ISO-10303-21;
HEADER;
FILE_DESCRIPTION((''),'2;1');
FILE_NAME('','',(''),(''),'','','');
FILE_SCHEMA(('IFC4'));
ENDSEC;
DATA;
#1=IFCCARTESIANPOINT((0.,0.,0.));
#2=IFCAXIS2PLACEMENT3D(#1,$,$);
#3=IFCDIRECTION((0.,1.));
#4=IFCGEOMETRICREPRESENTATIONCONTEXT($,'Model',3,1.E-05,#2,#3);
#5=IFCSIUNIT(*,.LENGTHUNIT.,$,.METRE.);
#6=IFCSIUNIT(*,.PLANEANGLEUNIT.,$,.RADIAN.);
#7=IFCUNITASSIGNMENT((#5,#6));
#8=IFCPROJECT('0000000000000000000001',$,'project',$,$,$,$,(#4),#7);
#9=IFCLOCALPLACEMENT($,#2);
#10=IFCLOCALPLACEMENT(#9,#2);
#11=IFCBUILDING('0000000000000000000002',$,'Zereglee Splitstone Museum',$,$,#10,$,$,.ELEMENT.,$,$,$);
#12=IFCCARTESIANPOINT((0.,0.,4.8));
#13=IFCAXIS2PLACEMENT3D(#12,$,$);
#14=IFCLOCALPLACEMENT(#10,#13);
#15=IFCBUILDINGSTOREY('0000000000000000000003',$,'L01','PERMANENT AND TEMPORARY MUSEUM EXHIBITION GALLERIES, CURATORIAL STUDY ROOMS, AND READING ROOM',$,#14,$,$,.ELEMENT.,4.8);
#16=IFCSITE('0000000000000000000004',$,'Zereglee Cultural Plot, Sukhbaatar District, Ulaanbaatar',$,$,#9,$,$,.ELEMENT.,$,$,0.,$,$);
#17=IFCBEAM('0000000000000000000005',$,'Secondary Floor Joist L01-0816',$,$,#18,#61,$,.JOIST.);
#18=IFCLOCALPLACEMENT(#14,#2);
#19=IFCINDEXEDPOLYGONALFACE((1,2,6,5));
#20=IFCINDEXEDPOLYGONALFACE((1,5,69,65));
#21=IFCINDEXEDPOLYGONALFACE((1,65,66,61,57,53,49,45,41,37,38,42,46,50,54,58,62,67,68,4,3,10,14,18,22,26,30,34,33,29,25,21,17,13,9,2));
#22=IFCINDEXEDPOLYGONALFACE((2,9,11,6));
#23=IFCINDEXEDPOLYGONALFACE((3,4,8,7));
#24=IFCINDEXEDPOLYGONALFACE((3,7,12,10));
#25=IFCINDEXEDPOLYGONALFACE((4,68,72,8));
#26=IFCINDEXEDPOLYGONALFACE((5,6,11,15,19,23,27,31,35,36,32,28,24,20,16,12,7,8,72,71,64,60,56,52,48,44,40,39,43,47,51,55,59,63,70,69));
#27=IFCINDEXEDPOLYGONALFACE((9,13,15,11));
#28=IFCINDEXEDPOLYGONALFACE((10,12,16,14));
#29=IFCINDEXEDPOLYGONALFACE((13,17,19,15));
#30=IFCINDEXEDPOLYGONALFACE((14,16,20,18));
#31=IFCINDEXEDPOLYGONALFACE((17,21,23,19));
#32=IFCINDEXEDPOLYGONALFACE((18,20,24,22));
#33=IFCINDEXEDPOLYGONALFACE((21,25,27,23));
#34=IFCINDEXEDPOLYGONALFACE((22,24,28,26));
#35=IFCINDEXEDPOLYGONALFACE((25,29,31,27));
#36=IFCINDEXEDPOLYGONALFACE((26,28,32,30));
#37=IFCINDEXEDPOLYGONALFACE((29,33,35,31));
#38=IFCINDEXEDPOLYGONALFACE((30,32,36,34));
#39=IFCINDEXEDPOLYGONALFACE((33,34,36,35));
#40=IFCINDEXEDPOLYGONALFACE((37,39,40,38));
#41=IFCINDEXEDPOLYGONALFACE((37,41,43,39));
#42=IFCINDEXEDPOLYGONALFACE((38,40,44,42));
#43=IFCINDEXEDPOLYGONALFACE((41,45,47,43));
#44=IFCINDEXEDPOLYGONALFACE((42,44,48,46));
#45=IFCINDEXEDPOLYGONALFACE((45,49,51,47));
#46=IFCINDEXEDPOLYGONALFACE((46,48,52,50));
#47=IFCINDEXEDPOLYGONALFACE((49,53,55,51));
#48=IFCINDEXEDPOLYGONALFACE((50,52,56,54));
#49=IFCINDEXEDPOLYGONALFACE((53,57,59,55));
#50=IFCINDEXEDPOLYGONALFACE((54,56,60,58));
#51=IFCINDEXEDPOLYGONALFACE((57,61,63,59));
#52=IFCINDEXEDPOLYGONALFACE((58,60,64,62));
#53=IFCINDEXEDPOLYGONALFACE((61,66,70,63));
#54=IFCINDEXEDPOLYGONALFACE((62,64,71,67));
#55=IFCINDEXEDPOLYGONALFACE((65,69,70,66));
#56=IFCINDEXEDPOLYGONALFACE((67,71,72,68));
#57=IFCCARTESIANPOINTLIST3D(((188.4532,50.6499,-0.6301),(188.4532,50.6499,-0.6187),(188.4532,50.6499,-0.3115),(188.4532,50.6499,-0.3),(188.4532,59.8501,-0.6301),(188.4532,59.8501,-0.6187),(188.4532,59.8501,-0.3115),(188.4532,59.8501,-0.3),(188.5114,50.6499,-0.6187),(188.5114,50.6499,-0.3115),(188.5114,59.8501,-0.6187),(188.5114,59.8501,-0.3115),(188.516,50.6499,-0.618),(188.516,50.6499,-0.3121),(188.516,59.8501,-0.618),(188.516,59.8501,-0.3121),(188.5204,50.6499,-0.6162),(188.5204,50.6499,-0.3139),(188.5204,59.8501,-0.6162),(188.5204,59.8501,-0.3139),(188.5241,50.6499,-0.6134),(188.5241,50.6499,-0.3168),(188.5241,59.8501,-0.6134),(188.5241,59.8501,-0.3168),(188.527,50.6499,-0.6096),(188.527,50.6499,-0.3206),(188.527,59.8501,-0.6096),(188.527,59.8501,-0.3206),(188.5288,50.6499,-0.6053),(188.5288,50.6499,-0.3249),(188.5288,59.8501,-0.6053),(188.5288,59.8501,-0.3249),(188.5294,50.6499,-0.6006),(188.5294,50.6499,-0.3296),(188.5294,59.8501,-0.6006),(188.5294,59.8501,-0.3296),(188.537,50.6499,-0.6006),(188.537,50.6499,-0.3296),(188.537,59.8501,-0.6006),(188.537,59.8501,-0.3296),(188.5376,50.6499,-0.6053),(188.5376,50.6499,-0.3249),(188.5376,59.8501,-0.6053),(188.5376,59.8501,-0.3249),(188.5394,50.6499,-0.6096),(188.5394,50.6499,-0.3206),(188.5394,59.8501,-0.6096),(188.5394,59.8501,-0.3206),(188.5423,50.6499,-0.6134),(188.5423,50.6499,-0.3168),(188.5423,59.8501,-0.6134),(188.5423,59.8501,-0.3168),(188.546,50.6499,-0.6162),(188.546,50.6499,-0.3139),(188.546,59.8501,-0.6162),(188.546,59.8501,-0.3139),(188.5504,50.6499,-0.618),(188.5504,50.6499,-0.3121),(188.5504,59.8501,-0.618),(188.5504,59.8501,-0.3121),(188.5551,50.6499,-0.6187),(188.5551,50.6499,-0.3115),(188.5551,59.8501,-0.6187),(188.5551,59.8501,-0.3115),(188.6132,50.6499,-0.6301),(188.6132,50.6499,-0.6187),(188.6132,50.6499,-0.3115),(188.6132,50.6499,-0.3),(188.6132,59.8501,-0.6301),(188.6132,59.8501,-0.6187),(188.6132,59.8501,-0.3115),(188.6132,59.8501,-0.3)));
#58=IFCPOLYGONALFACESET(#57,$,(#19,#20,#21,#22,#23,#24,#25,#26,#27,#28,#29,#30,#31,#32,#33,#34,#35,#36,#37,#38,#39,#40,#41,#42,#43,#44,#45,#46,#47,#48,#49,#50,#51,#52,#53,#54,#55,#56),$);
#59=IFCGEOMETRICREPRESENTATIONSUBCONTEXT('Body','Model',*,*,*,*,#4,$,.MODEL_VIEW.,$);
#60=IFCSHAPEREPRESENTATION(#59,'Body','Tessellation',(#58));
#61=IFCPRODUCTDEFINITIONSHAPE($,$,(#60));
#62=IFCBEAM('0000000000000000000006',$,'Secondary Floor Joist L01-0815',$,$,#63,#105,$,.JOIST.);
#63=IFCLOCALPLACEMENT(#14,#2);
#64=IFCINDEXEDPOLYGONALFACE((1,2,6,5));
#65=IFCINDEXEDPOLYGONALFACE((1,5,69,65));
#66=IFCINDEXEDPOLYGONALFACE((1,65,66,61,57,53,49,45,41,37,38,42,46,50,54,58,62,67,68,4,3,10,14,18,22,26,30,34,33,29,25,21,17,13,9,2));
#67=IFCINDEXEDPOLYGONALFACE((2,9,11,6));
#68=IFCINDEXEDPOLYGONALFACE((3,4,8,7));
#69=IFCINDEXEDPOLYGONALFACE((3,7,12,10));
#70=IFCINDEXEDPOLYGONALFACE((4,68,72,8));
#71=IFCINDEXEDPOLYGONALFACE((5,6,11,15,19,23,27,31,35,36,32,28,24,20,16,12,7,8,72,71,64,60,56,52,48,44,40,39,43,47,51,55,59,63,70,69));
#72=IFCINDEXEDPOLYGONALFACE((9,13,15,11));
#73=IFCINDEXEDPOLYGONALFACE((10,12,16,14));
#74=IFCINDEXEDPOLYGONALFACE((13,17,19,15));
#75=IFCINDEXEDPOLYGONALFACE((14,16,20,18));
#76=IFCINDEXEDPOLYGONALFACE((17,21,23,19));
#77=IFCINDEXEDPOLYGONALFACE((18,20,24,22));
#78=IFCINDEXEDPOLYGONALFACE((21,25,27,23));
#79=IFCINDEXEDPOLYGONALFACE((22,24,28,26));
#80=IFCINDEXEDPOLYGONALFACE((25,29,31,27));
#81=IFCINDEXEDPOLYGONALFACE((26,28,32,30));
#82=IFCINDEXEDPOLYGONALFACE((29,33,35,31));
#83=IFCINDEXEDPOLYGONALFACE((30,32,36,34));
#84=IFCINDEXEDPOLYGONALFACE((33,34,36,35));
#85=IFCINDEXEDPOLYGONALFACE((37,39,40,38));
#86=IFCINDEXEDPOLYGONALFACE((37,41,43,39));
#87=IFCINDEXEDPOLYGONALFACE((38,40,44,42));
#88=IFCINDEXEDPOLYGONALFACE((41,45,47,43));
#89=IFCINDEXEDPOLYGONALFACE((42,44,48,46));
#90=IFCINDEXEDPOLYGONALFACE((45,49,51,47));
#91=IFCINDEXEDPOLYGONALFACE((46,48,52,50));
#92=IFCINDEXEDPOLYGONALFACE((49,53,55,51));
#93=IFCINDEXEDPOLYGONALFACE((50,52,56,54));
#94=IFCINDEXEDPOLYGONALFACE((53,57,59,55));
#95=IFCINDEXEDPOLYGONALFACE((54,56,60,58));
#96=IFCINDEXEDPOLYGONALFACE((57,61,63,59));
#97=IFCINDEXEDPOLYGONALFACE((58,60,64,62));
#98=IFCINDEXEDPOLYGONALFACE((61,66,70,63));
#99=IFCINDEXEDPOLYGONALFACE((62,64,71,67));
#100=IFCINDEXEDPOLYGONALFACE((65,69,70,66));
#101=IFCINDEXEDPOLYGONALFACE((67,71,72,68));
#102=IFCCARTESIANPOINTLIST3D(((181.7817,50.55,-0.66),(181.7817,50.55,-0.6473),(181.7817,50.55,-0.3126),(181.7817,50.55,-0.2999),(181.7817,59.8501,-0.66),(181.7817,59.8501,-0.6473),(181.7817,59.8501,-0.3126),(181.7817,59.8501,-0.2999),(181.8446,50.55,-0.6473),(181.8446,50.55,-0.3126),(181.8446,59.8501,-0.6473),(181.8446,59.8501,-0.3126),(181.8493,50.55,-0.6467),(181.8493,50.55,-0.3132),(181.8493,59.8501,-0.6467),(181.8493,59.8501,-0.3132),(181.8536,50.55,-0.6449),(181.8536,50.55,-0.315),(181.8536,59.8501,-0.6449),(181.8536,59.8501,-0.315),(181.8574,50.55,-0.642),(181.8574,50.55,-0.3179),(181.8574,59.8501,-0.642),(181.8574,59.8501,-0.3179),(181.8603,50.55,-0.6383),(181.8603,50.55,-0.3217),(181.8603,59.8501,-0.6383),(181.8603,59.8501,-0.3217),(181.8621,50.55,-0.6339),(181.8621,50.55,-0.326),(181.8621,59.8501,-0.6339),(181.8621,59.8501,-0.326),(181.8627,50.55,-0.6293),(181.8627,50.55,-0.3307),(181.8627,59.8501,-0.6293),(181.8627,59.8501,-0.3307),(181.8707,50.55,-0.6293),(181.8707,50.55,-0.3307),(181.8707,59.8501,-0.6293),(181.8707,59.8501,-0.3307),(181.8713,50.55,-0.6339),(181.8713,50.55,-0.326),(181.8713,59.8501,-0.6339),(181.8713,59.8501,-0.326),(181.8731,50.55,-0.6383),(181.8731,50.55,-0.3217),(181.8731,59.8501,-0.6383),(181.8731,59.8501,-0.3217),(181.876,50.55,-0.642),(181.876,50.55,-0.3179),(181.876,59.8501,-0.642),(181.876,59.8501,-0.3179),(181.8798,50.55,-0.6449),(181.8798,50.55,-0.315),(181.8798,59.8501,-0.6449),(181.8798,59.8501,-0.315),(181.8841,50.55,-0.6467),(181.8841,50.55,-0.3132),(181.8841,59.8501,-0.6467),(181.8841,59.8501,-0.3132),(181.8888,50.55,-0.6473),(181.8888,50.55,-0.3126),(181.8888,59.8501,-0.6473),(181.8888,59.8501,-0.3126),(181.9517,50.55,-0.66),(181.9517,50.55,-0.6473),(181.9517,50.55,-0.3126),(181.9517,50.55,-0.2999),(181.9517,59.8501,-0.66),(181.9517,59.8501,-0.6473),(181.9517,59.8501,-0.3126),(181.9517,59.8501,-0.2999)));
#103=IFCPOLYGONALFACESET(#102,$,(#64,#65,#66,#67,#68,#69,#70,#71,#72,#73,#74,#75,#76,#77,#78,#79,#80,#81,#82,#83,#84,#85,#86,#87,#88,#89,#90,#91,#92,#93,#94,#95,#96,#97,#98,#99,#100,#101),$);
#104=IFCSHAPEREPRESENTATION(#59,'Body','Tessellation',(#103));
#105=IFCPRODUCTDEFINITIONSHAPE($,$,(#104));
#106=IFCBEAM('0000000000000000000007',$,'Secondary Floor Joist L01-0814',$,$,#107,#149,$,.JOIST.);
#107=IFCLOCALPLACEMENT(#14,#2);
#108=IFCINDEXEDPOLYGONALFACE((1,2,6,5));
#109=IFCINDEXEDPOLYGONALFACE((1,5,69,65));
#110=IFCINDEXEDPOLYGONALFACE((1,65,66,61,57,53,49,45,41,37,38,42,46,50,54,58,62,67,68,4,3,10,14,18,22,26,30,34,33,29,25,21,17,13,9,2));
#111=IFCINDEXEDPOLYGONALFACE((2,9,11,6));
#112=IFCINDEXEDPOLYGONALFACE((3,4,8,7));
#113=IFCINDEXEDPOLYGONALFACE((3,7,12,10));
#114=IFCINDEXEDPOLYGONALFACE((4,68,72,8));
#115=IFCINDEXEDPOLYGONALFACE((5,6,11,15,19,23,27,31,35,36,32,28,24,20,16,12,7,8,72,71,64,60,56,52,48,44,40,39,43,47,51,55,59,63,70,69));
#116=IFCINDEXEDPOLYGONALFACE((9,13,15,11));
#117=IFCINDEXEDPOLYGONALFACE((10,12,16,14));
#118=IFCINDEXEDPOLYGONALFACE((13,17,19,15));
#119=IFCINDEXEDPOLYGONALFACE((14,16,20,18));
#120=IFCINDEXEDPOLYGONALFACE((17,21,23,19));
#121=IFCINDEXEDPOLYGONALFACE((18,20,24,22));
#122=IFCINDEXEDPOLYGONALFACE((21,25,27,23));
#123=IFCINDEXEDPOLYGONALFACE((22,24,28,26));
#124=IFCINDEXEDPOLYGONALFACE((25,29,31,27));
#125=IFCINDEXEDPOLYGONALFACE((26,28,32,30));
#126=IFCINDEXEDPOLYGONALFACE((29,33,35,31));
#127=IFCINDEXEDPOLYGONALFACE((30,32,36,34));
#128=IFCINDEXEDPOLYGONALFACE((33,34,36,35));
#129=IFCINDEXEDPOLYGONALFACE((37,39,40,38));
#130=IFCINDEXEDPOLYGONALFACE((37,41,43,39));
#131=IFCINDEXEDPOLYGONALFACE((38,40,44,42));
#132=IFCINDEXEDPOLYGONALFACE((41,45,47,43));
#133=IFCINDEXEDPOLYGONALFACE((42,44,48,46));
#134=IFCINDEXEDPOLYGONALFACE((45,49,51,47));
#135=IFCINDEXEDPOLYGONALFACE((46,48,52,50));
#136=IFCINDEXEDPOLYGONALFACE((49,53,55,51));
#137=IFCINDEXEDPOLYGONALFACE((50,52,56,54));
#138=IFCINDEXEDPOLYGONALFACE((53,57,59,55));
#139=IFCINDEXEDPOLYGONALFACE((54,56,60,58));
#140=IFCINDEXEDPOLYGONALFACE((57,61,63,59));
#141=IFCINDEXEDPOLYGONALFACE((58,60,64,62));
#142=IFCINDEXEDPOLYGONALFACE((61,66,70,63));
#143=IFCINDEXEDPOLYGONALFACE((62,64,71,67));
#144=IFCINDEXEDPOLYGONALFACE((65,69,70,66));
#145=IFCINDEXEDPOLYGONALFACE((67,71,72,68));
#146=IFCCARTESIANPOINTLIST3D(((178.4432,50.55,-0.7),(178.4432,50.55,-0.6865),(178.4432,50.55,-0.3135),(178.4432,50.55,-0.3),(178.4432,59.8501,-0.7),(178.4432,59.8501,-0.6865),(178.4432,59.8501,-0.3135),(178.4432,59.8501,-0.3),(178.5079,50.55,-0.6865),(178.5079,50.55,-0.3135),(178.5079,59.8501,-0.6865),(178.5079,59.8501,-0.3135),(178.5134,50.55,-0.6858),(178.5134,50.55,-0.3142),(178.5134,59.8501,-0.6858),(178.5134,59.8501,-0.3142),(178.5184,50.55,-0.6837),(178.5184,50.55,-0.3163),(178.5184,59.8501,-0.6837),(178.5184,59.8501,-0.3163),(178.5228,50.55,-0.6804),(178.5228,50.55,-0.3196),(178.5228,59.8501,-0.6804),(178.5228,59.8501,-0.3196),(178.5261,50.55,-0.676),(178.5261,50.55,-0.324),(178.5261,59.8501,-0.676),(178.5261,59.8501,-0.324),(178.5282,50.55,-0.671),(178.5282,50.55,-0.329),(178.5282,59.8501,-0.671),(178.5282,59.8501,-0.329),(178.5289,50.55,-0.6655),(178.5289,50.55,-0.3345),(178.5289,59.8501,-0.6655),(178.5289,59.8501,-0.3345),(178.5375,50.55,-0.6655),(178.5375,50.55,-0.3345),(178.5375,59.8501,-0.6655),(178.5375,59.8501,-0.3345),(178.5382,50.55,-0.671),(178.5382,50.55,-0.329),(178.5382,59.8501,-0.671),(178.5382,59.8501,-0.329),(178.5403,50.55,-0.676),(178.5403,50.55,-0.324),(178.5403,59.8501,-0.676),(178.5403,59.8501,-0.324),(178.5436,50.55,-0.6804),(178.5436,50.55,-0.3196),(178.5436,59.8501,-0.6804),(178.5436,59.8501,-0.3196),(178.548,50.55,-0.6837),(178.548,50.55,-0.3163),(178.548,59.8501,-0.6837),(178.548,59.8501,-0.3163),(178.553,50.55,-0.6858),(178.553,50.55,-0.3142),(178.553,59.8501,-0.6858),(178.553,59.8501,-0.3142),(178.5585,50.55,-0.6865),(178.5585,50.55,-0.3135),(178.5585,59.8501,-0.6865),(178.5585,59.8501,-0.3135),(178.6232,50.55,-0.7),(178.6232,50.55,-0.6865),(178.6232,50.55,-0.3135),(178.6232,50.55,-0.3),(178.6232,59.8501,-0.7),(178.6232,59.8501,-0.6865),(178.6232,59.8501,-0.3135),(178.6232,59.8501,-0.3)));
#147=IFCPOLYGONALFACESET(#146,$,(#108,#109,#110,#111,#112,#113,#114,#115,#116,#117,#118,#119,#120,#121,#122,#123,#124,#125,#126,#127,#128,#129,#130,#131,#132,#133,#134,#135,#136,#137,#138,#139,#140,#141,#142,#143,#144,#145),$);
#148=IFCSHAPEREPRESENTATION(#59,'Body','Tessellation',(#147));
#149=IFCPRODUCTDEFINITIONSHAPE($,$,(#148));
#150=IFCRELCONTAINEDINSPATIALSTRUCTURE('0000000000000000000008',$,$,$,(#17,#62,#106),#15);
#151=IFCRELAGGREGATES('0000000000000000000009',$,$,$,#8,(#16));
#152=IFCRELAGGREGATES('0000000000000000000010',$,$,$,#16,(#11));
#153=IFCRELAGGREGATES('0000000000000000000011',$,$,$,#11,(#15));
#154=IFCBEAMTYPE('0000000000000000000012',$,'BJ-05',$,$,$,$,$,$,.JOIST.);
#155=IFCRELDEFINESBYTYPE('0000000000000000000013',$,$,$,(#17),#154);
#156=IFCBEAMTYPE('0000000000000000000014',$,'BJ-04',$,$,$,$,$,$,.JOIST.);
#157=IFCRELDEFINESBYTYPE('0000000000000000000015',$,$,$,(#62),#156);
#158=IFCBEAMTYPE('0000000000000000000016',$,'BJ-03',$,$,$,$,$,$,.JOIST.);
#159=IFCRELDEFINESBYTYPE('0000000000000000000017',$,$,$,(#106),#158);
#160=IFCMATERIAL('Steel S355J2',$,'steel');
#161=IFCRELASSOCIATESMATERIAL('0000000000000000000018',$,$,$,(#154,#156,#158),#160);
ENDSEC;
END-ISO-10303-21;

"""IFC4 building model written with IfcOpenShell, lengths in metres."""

from ifc_helpers import new_model, si_unit, direction, frame, origin, origin_2d, place, context, subcontext, project, spatial, i_section, extrude, material, material_profile, profile_set, type_object, element, save


model = new_model("IFC4")

# Units and contexts
model_context = context("Model", 3, precision=1e-05, world=origin(), true_north=direction((0.0, 1.0)))
body_context = subcontext(model_context, "Body", "Model", "MODEL_VIEW")
ifc_project = project(units=[si_unit("LENGTHUNIT", "METRE"), si_unit("PLANEANGLEUNIT", "RADIAN")], contexts=[model_context])

# Site, building, storey
site_placement = place(None, origin())
site = spatial("IfcSite", under=ifc_project, at=site_placement, Name="Zereglee Cultural Plot, Sukhbaatar District, Ulaanbaatar", CompositionType="ELEMENT", RefElevation=0.0)
building_placement = place(site_placement, origin())
building = spatial("IfcBuilding", under=site, at=building_placement, Name="Zereglee Splitstone Museum", CompositionType="ELEMENT")
storey_placement = place(building_placement, frame((0.0, 0.0, 4.8)))
storey = spatial("IfcBuildingStorey", under=building, at=storey_placement, Name="L01", Description="PERMANENT AND TEMPORARY MUSEUM EXHIBITION GALLERIES, CURATORIAL STUDY ROOMS, AND READING ROOM", CompositionType="ELEMENT", Elevation=4.8)

# Shared definitions
ifc_material_1 = material(Name="Steel S355J2", Category="steel")

# Beams
ifc_material_profile_1 = material_profile(ifc_material_1, i_section(OverallWidth=0.1599, OverallDepth=0.3301, WebThickness=0.0076, FlangeThickness=0.0115, FilletRadius=0.0181, at=origin_2d()), Name="IPE 330")
ifc_profile_set_1 = profile_set([ifc_material_profile_1], Name="Steel S355J2")
beam_type_1 = type_object("IfcBeamType", Name="BJ-05", PredefinedType="JOIST", material=ifc_profile_set_1)
beam_1_placement = place(storey_placement, frame((188.5332, 50.6499, -0.4651), z_axis=(0.0, 1.0, 0.0), x_axis=(-1.0, 0.0, 0.0)))
element("IfcBeam", 1, at=beam_1_placement, inside=storey, type_object=beam_type_1, Name="Secondary Floor Joist L01-0816", PredefinedType="JOIST", context=body_context, shape_type="SweptSolid", body=[
    extrude(i_section(OverallWidth=0.1599, OverallDepth=0.3301, WebThickness=0.0076, FlangeThickness=0.0115, FilletRadius=0.0181, at=origin_2d()), origin(), (0.0, 0.0, 1.0), 9.2002),
])
ifc_material_profile_2 = material_profile(ifc_material_1, i_section(OverallWidth=0.1699, OverallDepth=0.3601, WebThickness=0.0081, FlangeThickness=0.0127, FilletRadius=0.0181, at=origin_2d()), Name="IPE 360")
ifc_profile_set_2 = profile_set([ifc_material_profile_2], Name="Steel S355J2")
beam_type_2 = type_object("IfcBeamType", Name="BJ-04", PredefinedType="JOIST", material=ifc_profile_set_2)
beam_2_placement = place(storey_placement, frame((181.8667, 50.55, -0.48), z_axis=(0.0, 1.0, 0.0), x_axis=(-1.0, 0.0, 0.0)))
element("IfcBeam", 2, at=beam_2_placement, inside=storey, type_object=beam_type_2, Name="Secondary Floor Joist L01-0815", PredefinedType="JOIST", context=body_context, shape_type="SweptSolid", body=[
    extrude(i_section(OverallWidth=0.1699, OverallDepth=0.3601, WebThickness=0.0081, FlangeThickness=0.0127, FilletRadius=0.0181, at=origin_2d()), origin(), (0.0, 0.0, 1.0), 9.3),
])
ifc_material_profile_3 = material_profile(ifc_material_1, i_section(OverallWidth=0.1799, OverallDepth=0.3999, WebThickness=0.0085, FlangeThickness=0.0134, FilletRadius=0.021, at=origin_2d()), Name="IPE 400")
ifc_profile_set_3 = profile_set([ifc_material_profile_3], Name="Steel S355J2")
beam_type_3 = type_object("IfcBeamType", Name="BJ-03", PredefinedType="JOIST", material=ifc_profile_set_3)
beam_3_placement = place(storey_placement, frame((178.5332, 50.55, -0.5), z_axis=(0.0, 1.0, 0.0), x_axis=(-1.0, 0.0, 0.0)))
element("IfcBeam", 3, at=beam_3_placement, inside=storey, type_object=beam_type_3, Name="Secondary Floor Joist L01-0814", PredefinedType="JOIST", context=body_context, shape_type="SweptSolid", body=[
    extrude(i_section(OverallWidth=0.1799, OverallDepth=0.3999, WebThickness=0.0085, FlangeThickness=0.0134, FilletRadius=0.021, at=origin_2d()), origin(), (0.0, 0.0, 1.0), 9.3),
])

save(model, "model.ifc")
